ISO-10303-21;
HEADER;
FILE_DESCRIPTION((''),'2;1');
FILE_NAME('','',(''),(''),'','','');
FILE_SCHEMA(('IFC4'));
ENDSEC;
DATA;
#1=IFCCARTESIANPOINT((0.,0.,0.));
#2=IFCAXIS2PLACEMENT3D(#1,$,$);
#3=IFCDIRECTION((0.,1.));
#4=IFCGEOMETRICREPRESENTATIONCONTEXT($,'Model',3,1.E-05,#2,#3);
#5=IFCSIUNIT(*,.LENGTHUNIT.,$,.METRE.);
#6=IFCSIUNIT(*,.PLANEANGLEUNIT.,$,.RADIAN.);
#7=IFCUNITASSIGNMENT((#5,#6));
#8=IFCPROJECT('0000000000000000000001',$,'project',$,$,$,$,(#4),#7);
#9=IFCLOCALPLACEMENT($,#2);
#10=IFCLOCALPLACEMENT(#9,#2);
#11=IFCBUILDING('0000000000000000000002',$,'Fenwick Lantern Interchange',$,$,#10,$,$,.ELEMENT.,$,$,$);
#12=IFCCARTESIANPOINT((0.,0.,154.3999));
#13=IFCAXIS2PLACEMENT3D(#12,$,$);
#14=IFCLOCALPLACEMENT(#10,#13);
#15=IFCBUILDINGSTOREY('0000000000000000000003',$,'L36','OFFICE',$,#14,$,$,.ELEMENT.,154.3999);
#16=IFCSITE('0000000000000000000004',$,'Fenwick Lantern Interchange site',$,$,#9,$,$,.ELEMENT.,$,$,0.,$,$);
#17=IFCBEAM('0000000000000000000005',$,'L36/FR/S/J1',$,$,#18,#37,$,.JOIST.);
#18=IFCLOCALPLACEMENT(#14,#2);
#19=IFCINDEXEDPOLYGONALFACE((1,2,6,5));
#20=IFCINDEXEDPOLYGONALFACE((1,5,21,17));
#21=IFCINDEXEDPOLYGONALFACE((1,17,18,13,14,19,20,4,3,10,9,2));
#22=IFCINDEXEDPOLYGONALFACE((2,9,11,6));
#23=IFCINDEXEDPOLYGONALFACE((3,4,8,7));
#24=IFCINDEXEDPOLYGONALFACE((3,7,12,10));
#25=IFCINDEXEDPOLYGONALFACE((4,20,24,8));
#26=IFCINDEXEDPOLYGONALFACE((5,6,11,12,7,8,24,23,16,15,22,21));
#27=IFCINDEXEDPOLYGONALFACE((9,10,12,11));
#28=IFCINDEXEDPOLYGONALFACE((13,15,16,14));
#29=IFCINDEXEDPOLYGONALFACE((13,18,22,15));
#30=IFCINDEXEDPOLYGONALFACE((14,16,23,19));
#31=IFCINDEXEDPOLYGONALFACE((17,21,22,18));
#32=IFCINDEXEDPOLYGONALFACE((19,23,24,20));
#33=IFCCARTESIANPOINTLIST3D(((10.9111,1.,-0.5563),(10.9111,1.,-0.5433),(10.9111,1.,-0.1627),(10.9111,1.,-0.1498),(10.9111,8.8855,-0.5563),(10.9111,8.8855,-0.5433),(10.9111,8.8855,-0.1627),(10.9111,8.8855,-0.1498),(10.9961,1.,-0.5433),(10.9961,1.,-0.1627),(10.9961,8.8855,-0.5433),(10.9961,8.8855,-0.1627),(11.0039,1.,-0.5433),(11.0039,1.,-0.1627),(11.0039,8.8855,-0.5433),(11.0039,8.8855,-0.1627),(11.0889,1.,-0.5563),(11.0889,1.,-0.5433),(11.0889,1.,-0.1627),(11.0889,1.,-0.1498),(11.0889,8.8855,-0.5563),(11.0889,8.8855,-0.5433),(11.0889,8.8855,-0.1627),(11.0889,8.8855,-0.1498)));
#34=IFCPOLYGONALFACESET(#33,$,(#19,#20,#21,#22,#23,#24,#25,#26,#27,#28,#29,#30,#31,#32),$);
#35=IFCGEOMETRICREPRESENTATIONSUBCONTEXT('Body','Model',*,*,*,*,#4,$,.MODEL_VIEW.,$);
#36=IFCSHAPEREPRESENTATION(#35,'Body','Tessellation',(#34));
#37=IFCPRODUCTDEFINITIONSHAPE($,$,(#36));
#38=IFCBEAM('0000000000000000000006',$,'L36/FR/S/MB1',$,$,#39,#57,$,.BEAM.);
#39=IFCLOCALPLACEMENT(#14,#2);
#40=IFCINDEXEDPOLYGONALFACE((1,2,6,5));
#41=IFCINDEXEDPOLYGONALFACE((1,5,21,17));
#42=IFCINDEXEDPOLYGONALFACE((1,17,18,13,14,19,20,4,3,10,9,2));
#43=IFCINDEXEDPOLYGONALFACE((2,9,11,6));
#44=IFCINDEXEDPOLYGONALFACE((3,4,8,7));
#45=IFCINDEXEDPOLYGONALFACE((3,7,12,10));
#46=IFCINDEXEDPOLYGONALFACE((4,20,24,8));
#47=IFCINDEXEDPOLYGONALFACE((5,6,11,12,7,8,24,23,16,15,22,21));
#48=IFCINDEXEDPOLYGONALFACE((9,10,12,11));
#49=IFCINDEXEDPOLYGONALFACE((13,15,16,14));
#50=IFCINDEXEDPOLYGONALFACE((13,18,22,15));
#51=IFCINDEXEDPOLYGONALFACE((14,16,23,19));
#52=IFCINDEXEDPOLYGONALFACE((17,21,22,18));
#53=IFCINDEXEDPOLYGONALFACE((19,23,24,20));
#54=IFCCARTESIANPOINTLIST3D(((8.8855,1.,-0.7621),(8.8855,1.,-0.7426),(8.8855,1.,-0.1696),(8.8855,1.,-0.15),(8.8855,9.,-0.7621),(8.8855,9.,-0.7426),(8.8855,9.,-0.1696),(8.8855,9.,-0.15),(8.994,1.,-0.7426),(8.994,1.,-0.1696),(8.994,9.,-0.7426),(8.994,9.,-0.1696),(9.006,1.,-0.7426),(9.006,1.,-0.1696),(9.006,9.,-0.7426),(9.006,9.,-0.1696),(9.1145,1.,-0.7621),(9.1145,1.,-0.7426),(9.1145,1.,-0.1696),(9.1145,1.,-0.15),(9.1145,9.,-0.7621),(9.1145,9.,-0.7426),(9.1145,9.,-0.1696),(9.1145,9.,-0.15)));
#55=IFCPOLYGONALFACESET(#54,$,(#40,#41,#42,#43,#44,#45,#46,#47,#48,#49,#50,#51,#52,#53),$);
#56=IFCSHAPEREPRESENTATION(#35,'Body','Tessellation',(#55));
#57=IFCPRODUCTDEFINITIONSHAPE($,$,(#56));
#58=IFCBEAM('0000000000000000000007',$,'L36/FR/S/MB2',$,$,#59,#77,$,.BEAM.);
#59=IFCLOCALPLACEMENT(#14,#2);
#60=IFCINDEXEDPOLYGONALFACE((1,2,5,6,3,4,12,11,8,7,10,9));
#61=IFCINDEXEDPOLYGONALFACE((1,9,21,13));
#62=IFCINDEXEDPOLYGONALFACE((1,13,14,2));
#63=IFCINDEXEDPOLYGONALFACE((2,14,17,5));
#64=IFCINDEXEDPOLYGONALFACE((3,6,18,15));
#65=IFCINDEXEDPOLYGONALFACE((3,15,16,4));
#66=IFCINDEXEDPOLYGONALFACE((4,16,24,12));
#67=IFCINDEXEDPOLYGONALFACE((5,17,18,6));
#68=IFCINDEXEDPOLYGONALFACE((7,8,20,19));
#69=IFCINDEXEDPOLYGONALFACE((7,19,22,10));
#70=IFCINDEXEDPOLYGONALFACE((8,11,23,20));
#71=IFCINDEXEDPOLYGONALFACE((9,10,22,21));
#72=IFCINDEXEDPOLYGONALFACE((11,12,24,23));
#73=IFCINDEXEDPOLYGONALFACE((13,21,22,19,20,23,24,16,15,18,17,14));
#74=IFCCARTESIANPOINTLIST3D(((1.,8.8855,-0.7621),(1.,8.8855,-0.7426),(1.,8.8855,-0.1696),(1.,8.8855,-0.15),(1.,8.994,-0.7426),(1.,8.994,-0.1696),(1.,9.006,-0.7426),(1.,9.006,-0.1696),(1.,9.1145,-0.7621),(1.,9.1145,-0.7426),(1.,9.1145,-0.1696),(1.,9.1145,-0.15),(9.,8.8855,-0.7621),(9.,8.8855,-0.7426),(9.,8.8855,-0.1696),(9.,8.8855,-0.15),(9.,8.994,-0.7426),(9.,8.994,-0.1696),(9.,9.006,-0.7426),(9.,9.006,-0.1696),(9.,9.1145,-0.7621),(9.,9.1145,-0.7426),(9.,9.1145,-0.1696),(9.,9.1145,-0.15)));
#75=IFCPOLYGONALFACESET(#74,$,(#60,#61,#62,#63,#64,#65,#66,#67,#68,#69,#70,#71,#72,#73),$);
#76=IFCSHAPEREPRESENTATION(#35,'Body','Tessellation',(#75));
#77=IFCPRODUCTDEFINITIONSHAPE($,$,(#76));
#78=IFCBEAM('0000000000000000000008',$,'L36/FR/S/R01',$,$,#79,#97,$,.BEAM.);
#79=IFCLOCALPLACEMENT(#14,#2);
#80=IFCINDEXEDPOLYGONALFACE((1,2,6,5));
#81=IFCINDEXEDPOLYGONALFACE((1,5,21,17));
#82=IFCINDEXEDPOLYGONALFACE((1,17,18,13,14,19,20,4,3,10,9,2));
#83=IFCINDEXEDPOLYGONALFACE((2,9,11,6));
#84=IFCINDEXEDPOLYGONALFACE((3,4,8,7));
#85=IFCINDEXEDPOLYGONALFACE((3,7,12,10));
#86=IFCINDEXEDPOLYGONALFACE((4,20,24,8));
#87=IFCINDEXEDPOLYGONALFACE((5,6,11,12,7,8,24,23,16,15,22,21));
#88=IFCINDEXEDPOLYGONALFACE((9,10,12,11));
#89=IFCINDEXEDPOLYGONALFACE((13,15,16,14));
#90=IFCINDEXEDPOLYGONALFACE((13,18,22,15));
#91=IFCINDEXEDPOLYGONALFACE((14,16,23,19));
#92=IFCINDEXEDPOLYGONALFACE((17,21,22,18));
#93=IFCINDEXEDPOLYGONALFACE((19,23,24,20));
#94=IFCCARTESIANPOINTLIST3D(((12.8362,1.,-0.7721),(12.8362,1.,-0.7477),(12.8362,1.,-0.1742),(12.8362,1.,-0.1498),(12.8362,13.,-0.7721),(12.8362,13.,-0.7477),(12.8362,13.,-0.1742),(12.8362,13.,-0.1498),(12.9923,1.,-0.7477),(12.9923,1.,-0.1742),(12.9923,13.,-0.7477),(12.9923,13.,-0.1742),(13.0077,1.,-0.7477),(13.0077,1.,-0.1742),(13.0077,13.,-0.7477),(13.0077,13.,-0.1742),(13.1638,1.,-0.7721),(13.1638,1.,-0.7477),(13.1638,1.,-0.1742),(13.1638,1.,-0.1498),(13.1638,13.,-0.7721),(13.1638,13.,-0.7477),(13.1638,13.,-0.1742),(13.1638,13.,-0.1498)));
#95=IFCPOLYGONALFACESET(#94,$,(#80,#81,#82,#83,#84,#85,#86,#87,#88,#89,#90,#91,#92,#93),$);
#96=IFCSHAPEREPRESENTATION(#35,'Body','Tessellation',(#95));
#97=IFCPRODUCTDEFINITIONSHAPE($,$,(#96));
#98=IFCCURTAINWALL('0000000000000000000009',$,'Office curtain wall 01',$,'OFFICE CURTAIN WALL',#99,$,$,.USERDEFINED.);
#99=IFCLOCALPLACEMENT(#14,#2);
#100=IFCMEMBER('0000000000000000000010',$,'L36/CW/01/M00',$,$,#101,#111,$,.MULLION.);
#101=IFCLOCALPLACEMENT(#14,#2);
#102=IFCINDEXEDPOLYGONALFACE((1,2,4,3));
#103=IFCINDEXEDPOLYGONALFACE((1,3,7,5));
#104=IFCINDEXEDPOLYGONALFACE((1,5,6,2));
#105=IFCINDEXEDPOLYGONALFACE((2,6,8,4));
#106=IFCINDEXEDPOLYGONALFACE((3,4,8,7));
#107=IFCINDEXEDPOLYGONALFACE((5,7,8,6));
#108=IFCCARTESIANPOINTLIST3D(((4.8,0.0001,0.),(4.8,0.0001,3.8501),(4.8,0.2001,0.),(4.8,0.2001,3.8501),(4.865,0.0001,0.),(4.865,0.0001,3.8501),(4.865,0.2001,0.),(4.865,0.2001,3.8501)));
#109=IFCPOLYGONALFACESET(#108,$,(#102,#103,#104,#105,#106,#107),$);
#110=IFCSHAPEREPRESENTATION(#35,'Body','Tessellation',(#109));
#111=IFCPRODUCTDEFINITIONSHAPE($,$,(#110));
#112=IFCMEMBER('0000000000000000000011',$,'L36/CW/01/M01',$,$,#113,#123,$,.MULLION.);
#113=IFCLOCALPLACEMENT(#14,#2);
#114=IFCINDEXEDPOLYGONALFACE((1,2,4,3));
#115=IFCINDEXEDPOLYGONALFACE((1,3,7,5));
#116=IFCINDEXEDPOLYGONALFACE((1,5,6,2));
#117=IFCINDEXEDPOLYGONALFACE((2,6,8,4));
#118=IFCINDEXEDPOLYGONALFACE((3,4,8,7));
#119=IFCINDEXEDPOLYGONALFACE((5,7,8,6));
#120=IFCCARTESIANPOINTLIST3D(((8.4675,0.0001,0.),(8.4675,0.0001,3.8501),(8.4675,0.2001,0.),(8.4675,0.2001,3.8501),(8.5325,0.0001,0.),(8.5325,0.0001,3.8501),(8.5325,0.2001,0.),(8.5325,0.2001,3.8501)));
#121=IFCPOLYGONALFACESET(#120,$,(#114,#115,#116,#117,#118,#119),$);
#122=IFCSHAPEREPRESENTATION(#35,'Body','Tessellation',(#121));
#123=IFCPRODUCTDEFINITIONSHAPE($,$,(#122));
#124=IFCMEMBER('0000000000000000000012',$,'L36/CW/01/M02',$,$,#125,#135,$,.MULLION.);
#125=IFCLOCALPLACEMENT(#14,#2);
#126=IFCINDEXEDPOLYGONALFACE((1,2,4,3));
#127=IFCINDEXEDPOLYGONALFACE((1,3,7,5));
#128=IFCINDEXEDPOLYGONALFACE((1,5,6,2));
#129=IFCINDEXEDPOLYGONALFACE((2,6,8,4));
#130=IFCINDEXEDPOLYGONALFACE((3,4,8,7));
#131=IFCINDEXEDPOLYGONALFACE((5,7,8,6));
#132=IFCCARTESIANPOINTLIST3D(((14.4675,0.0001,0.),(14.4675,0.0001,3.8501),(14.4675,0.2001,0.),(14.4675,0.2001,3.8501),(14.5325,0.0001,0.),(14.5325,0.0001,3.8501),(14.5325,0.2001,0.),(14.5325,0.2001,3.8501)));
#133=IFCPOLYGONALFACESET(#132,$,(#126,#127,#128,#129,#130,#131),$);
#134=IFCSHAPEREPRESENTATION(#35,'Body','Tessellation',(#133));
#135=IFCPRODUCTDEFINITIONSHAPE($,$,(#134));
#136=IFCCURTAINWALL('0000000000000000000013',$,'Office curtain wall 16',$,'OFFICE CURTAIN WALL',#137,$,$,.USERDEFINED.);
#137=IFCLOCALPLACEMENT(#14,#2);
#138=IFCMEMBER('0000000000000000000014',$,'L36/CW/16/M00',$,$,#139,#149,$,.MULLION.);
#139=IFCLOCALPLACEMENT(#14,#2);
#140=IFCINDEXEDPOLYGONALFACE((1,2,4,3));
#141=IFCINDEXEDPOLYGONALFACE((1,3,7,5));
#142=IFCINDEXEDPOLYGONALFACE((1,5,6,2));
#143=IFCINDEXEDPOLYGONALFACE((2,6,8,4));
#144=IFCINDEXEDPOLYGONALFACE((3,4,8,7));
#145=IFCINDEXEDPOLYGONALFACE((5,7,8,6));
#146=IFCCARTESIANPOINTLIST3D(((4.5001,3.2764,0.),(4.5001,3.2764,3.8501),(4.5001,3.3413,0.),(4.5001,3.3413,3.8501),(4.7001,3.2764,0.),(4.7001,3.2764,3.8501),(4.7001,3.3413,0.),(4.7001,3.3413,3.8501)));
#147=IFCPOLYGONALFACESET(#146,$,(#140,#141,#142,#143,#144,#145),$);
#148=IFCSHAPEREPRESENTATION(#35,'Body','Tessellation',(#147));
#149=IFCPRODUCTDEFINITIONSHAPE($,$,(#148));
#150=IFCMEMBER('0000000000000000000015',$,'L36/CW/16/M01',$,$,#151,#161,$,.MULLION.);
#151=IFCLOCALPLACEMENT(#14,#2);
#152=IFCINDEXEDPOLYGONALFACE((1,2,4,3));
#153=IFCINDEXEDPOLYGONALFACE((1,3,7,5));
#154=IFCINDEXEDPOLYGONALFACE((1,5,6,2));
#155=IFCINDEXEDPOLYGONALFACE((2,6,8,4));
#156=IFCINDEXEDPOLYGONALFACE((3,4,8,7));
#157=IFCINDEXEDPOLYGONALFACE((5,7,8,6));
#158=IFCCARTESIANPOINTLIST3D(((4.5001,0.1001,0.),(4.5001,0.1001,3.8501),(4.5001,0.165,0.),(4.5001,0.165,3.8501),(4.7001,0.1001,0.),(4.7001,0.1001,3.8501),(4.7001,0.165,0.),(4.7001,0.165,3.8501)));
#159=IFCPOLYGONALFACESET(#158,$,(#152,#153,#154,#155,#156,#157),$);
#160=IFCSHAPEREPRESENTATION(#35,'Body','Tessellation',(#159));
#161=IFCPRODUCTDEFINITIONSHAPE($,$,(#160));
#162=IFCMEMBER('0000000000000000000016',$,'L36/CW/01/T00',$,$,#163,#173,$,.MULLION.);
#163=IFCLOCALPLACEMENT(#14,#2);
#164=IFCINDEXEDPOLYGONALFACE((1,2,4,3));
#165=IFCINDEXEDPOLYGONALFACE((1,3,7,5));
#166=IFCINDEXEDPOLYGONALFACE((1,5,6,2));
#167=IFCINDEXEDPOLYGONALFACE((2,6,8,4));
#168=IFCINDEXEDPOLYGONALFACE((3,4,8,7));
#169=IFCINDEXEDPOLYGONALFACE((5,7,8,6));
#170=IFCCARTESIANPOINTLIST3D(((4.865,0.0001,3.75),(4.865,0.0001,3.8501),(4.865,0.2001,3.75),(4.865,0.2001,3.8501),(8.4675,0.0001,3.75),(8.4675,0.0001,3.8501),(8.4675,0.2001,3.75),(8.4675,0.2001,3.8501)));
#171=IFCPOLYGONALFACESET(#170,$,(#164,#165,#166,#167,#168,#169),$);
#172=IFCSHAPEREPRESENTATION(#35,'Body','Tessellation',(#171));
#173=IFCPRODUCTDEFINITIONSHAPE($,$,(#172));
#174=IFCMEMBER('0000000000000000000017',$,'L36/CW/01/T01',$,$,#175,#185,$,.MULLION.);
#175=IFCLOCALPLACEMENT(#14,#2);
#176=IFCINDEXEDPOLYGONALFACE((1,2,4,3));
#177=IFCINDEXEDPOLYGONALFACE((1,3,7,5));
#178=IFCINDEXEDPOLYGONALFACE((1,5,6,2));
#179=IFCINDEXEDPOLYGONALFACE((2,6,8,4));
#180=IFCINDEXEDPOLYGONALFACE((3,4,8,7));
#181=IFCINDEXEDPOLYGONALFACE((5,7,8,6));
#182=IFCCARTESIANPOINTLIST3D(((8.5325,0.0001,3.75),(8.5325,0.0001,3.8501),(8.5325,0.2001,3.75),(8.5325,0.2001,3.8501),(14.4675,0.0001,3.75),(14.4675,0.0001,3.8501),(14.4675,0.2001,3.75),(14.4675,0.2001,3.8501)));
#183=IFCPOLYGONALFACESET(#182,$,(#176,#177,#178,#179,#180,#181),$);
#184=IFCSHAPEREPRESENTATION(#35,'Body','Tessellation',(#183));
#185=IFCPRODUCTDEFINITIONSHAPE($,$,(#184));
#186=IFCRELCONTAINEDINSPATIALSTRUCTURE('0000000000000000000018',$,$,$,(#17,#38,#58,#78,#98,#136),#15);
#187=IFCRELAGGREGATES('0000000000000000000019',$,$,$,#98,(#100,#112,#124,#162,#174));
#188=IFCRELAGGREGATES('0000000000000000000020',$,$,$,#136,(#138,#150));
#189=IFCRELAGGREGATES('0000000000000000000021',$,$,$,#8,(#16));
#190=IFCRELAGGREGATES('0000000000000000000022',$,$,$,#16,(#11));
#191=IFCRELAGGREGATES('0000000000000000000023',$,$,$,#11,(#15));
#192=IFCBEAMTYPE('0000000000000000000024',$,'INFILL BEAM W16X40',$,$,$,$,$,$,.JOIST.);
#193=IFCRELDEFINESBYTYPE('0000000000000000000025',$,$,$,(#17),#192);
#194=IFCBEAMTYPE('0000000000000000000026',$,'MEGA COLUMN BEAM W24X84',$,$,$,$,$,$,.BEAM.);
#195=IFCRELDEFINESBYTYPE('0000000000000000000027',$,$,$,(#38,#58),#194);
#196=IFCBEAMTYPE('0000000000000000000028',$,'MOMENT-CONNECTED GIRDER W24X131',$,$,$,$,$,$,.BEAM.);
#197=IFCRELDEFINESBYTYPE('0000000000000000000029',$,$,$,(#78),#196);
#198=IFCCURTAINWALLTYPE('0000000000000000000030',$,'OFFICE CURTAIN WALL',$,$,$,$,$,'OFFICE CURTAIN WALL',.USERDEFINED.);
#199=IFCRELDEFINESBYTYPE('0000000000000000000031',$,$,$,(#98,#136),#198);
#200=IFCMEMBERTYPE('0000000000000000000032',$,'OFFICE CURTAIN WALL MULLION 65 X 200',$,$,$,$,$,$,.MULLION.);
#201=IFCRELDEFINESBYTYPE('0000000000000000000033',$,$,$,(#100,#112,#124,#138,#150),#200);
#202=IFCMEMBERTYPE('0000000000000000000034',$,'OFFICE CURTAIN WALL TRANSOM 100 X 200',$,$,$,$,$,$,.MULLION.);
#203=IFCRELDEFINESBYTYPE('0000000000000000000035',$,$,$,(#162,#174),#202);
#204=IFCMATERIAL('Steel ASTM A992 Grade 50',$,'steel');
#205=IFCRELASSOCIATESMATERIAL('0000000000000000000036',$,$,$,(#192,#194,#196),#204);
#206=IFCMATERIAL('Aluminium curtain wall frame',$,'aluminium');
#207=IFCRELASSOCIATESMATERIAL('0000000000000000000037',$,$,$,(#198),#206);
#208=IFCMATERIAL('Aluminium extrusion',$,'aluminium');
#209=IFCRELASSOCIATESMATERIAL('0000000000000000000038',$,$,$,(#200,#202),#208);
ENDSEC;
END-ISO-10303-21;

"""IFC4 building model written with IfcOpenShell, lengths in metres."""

from ifc_helpers import new_model, si_unit, direction, frame, origin, origin_2d, place, context, subcontext, project, spatial, rectangle, i_section, extrude, material, material_profile, profile_set, type_object, element, aggregate, save


model = new_model("IFC4")

# Units and contexts
model_context = context("Model", 3, precision=1e-05, world=origin(), true_north=direction((0.0, 1.0)))
body_context = subcontext(model_context, "Body", "Model", "MODEL_VIEW")
ifc_project = project(units=[si_unit("LENGTHUNIT", "METRE"), si_unit("PLANEANGLEUNIT", "RADIAN")], contexts=[model_context])

# Site, building, storey
site_placement = place(None, origin())
site = spatial("IfcSite", under=ifc_project, at=site_placement, Name="Fenwick Lantern Interchange site", CompositionType="ELEMENT", RefElevation=0.0)
building_placement = place(site_placement, origin())
building = spatial("IfcBuilding", under=site, at=building_placement, Name="Fenwick Lantern Interchange", CompositionType="ELEMENT")
storey_placement = place(building_placement, frame((0.0, 0.0, 154.3999)))
storey = spatial("IfcBuildingStorey", under=building, at=storey_placement, Name="L36", Description="OFFICE", CompositionType="ELEMENT", Elevation=154.3999)

# Shared definitions
ifc_material_1 = material(Name="Steel ASTM A992 Grade 50", Category="steel")

# Beams
ifc_material_profile_1 = material_profile(ifc_material_1, i_section(OverallWidth=0.1777, OverallDepth=0.4065, WebThickness=0.0078, FlangeThickness=0.0129, at=origin_2d()), Name="W16X40")
ifc_profile_set_1 = profile_set([ifc_material_profile_1], Name="Steel ASTM A992 Grade 50")
beam_type_1 = type_object("IfcBeamType", Name="INFILL BEAM W16X40", PredefinedType="JOIST", material=ifc_profile_set_1)
beam_1_placement = place(storey_placement, frame((11.0, 1.0, -0.353), z_axis=(0.0, 1.0, 0.0), x_axis=(-1.0, 0.0, 0.0)))
element("IfcBeam", 1, at=beam_1_placement, inside=storey, type_object=beam_type_1, Name="L36/FR/S/J1", PredefinedType="JOIST", context=body_context, shape_type="SweptSolid", body=[
    extrude(i_section(OverallWidth=0.1777, OverallDepth=0.4065, WebThickness=0.0078, FlangeThickness=0.0129, at=origin_2d()), origin(), (0.0, 0.0, 1.0), 7.8855),
])
ifc_material_profile_2 = material_profile(ifc_material_1, i_section(OverallWidth=0.229, OverallDepth=0.6121, WebThickness=0.012, FlangeThickness=0.0195, at=origin_2d()), Name="W24X84")
ifc_profile_set_2 = profile_set([ifc_material_profile_2], Name="Steel ASTM A992 Grade 50")
beam_type_2 = type_object("IfcBeamType", Name="MEGA COLUMN BEAM W24X84", PredefinedType="BEAM", material=ifc_profile_set_2)
for number, where, z_axis, x_axis, name in (
    (2, (9.0, 9.0, -0.4561), (0.0, -1.0, 0.0), (1.0, 0.0, 0.0), "L36/FR/S/MB1"),
    (3, (9.0, 9.0, -0.4561), (-1.0, 0.0, 0.0), (0.0, -1.0, 0.0), "L36/FR/S/MB2"),
):
    element("IfcBeam", number, at=place(storey_placement, frame(where, z_axis=z_axis, x_axis=x_axis)), inside=storey, type_object=beam_type_2, Name=name, PredefinedType="BEAM", context=body_context, shape_type="SweptSolid", body=[
        extrude(i_section(OverallWidth=0.229, OverallDepth=0.6121, WebThickness=0.012, FlangeThickness=0.0195, at=origin_2d()), origin(), (0.0, 0.0, 1.0), 8.0),
    ])
ifc_material_profile_3 = material_profile(ifc_material_1, i_section(OverallWidth=0.3276, OverallDepth=0.6223, WebThickness=0.0154, FlangeThickness=0.0244, at=origin_2d()), Name="W24X131")
ifc_profile_set_3 = profile_set([ifc_material_profile_3], Name="Steel ASTM A992 Grade 50")
beam_type_3 = type_object("IfcBeamType", Name="MOMENT-CONNECTED GIRDER W24X131", PredefinedType="BEAM", material=ifc_profile_set_3)
beam_2_placement = place(storey_placement, frame((13.0, 1.0, -0.4609), z_axis=(0.0, 1.0, 0.0), x_axis=(-1.0, 0.0, 0.0)))
element("IfcBeam", 4, at=beam_2_placement, inside=storey, type_object=beam_type_3, Name="L36/FR/S/R01", PredefinedType="BEAM", context=body_context, shape_type="SweptSolid", body=[
    extrude(i_section(OverallWidth=0.3276, OverallDepth=0.6223, WebThickness=0.0154, FlangeThickness=0.0244, at=origin_2d()), origin(), (0.0, 0.0, 1.0), 12.0),
])

# Curtain walls, members
ifc_material_2 = material(Name="Aluminium curtain wall frame", Category="aluminium")
curtain_wall_type = type_object("IfcCurtainWallType", Name="OFFICE CURTAIN WALL", ElementType="OFFICE CURTAIN WALL", PredefinedType="USERDEFINED", material=ifc_material_2)
curtain_wall_1_placement = place(storey_placement, origin())
curtain_wall_1 = element("IfcCurtainWall", 5, at=curtain_wall_1_placement, inside=storey, type_object=curtain_wall_type, Name="Office curtain wall 01", ObjectType="OFFICE CURTAIN WALL", PredefinedType="USERDEFINED")
ifc_material_3 = material(Name="Aluminium extrusion", Category="aluminium")
ifc_material_profile_4 = material_profile(ifc_material_3, rectangle(XDim=0.2, YDim=0.0649, at=origin_2d()), Name="OFFICE CURTAIN WALL MULLION 65 X 200")
ifc_profile_set_4 = profile_set([ifc_material_profile_4], Name="Aluminium extrusion")
member_type_1 = type_object("IfcMemberType", Name="OFFICE CURTAIN WALL MULLION 65 X 200", PredefinedType="MULLION", material=ifc_profile_set_4)
member_1_placement = place(storey_placement, frame((4.8325, 0.1001, 0.0), z_axis=(0.0, 0.0, 1.0), x_axis=(0.0, 1.0, 0.0)))
member_1 = element("IfcMember", 6, at=member_1_placement, type_object=member_type_1, Name="L36/CW/01/M00", PredefinedType="MULLION", context=body_context, shape_type="SweptSolid", body=[
    extrude(rectangle(XDim=0.2, YDim=0.0649, at=origin_2d()), origin(), (0.0, 0.0, 1.0), 3.8501),
])
member_2_placement = place(storey_placement, frame((8.5, 0.1001, 0.0), z_axis=(0.0, 0.0, 1.0), x_axis=(0.0, 1.0, 0.0)))
member_2 = element("IfcMember", 7, at=member_2_placement, type_object=member_type_1, Name="L36/CW/01/M01", PredefinedType="MULLION", context=body_context, shape_type="SweptSolid", body=[
    extrude(rectangle(XDim=0.2, YDim=0.0649, at=origin_2d()), origin(), (0.0, 0.0, 1.0), 3.8501),
])
member_3_placement = place(storey_placement, frame((14.5, 0.1001, 0.0), z_axis=(0.0, 0.0, 1.0), x_axis=(0.0, 1.0, 0.0)))
member_3 = element("IfcMember", 8, at=member_3_placement, type_object=member_type_1, Name="L36/CW/01/M02", PredefinedType="MULLION", context=body_context, shape_type="SweptSolid", body=[
    extrude(rectangle(XDim=0.2, YDim=0.0649, at=origin_2d()), origin(), (0.0, 0.0, 1.0), 3.8501),
])
curtain_wall_2_placement = place(storey_placement, origin())
curtain_wall_2 = element("IfcCurtainWall", 9, at=curtain_wall_2_placement, inside=storey, type_object=curtain_wall_type, Name="Office curtain wall 16", ObjectType="OFFICE CURTAIN WALL", PredefinedType="USERDEFINED")
member_4_placement = place(storey_placement, frame((4.6001, 3.3088, 0.0), z_axis=(0.0, 0.0, 1.0), x_axis=(1.0, 0.0, 0.0)))
member_4 = element("IfcMember", 10, at=member_4_placement, type_object=member_type_1, Name="L36/CW/16/M00", PredefinedType="MULLION", context=body_context, shape_type="SweptSolid", body=[
    extrude(rectangle(XDim=0.2, YDim=0.0649, at=origin_2d()), origin(), (0.0, 0.0, 1.0), 3.8501),
])
member_5_placement = place(storey_placement, frame((4.6001, 0.1326, 0.0), z_axis=(0.0, 0.0, 1.0), x_axis=(1.0, 0.0, 0.0)))
member_5 = element("IfcMember", 11, at=member_5_placement, type_object=member_type_1, Name="L36/CW/16/M01", PredefinedType="MULLION", context=body_context, shape_type="SweptSolid", body=[
    extrude(rectangle(XDim=0.2, YDim=0.0649, at=origin_2d()), origin(), (0.0, 0.0, 1.0), 3.8501),
])

# Members
ifc_material_profile_5 = material_profile(ifc_material_3, rectangle(XDim=0.2, YDim=0.1001, at=origin_2d()), Name="OFFICE CURTAIN WALL TRANSOM 100 X 200")
ifc_profile_set_5 = profile_set([ifc_material_profile_5], Name="Aluminium extrusion")
member_type_2 = type_object("IfcMemberType", Name="OFFICE CURTAIN WALL TRANSOM 100 X 200", PredefinedType="MULLION", material=ifc_profile_set_5)
member_6_placement = place(storey_placement, frame((4.865, 0.1001, 3.8), z_axis=(1.0, 0.0, 0.0), x_axis=(0.0, 1.0, 0.0)))
member_6 = element("IfcMember", 12, at=member_6_placement, type_object=member_type_2, Name="L36/CW/01/T00", PredefinedType="MULLION", context=body_context, shape_type="SweptSolid", body=[
    extrude(rectangle(XDim=0.2, YDim=0.1001, at=origin_2d()), origin(), (0.0, 0.0, 1.0), 3.6025),
])
member_7_placement = place(storey_placement, frame((8.5325, 0.1001, 3.8), z_axis=(1.0, 0.0, 0.0), x_axis=(0.0, 1.0, 0.0)))
member_7 = element("IfcMember", 13, at=member_7_placement, type_object=member_type_2, Name="L36/CW/01/T01", PredefinedType="MULLION", context=body_context, shape_type="SweptSolid", body=[
    extrude(rectangle(XDim=0.2, YDim=0.1001, at=origin_2d()), origin(), (0.0, 0.0, 1.0), 5.9351),
])

aggregate(curtain_wall_1, [member_1, member_2, member_3, member_6, member_7])
aggregate(curtain_wall_2, [member_4, member_5])

save(model, "model.ifc")
